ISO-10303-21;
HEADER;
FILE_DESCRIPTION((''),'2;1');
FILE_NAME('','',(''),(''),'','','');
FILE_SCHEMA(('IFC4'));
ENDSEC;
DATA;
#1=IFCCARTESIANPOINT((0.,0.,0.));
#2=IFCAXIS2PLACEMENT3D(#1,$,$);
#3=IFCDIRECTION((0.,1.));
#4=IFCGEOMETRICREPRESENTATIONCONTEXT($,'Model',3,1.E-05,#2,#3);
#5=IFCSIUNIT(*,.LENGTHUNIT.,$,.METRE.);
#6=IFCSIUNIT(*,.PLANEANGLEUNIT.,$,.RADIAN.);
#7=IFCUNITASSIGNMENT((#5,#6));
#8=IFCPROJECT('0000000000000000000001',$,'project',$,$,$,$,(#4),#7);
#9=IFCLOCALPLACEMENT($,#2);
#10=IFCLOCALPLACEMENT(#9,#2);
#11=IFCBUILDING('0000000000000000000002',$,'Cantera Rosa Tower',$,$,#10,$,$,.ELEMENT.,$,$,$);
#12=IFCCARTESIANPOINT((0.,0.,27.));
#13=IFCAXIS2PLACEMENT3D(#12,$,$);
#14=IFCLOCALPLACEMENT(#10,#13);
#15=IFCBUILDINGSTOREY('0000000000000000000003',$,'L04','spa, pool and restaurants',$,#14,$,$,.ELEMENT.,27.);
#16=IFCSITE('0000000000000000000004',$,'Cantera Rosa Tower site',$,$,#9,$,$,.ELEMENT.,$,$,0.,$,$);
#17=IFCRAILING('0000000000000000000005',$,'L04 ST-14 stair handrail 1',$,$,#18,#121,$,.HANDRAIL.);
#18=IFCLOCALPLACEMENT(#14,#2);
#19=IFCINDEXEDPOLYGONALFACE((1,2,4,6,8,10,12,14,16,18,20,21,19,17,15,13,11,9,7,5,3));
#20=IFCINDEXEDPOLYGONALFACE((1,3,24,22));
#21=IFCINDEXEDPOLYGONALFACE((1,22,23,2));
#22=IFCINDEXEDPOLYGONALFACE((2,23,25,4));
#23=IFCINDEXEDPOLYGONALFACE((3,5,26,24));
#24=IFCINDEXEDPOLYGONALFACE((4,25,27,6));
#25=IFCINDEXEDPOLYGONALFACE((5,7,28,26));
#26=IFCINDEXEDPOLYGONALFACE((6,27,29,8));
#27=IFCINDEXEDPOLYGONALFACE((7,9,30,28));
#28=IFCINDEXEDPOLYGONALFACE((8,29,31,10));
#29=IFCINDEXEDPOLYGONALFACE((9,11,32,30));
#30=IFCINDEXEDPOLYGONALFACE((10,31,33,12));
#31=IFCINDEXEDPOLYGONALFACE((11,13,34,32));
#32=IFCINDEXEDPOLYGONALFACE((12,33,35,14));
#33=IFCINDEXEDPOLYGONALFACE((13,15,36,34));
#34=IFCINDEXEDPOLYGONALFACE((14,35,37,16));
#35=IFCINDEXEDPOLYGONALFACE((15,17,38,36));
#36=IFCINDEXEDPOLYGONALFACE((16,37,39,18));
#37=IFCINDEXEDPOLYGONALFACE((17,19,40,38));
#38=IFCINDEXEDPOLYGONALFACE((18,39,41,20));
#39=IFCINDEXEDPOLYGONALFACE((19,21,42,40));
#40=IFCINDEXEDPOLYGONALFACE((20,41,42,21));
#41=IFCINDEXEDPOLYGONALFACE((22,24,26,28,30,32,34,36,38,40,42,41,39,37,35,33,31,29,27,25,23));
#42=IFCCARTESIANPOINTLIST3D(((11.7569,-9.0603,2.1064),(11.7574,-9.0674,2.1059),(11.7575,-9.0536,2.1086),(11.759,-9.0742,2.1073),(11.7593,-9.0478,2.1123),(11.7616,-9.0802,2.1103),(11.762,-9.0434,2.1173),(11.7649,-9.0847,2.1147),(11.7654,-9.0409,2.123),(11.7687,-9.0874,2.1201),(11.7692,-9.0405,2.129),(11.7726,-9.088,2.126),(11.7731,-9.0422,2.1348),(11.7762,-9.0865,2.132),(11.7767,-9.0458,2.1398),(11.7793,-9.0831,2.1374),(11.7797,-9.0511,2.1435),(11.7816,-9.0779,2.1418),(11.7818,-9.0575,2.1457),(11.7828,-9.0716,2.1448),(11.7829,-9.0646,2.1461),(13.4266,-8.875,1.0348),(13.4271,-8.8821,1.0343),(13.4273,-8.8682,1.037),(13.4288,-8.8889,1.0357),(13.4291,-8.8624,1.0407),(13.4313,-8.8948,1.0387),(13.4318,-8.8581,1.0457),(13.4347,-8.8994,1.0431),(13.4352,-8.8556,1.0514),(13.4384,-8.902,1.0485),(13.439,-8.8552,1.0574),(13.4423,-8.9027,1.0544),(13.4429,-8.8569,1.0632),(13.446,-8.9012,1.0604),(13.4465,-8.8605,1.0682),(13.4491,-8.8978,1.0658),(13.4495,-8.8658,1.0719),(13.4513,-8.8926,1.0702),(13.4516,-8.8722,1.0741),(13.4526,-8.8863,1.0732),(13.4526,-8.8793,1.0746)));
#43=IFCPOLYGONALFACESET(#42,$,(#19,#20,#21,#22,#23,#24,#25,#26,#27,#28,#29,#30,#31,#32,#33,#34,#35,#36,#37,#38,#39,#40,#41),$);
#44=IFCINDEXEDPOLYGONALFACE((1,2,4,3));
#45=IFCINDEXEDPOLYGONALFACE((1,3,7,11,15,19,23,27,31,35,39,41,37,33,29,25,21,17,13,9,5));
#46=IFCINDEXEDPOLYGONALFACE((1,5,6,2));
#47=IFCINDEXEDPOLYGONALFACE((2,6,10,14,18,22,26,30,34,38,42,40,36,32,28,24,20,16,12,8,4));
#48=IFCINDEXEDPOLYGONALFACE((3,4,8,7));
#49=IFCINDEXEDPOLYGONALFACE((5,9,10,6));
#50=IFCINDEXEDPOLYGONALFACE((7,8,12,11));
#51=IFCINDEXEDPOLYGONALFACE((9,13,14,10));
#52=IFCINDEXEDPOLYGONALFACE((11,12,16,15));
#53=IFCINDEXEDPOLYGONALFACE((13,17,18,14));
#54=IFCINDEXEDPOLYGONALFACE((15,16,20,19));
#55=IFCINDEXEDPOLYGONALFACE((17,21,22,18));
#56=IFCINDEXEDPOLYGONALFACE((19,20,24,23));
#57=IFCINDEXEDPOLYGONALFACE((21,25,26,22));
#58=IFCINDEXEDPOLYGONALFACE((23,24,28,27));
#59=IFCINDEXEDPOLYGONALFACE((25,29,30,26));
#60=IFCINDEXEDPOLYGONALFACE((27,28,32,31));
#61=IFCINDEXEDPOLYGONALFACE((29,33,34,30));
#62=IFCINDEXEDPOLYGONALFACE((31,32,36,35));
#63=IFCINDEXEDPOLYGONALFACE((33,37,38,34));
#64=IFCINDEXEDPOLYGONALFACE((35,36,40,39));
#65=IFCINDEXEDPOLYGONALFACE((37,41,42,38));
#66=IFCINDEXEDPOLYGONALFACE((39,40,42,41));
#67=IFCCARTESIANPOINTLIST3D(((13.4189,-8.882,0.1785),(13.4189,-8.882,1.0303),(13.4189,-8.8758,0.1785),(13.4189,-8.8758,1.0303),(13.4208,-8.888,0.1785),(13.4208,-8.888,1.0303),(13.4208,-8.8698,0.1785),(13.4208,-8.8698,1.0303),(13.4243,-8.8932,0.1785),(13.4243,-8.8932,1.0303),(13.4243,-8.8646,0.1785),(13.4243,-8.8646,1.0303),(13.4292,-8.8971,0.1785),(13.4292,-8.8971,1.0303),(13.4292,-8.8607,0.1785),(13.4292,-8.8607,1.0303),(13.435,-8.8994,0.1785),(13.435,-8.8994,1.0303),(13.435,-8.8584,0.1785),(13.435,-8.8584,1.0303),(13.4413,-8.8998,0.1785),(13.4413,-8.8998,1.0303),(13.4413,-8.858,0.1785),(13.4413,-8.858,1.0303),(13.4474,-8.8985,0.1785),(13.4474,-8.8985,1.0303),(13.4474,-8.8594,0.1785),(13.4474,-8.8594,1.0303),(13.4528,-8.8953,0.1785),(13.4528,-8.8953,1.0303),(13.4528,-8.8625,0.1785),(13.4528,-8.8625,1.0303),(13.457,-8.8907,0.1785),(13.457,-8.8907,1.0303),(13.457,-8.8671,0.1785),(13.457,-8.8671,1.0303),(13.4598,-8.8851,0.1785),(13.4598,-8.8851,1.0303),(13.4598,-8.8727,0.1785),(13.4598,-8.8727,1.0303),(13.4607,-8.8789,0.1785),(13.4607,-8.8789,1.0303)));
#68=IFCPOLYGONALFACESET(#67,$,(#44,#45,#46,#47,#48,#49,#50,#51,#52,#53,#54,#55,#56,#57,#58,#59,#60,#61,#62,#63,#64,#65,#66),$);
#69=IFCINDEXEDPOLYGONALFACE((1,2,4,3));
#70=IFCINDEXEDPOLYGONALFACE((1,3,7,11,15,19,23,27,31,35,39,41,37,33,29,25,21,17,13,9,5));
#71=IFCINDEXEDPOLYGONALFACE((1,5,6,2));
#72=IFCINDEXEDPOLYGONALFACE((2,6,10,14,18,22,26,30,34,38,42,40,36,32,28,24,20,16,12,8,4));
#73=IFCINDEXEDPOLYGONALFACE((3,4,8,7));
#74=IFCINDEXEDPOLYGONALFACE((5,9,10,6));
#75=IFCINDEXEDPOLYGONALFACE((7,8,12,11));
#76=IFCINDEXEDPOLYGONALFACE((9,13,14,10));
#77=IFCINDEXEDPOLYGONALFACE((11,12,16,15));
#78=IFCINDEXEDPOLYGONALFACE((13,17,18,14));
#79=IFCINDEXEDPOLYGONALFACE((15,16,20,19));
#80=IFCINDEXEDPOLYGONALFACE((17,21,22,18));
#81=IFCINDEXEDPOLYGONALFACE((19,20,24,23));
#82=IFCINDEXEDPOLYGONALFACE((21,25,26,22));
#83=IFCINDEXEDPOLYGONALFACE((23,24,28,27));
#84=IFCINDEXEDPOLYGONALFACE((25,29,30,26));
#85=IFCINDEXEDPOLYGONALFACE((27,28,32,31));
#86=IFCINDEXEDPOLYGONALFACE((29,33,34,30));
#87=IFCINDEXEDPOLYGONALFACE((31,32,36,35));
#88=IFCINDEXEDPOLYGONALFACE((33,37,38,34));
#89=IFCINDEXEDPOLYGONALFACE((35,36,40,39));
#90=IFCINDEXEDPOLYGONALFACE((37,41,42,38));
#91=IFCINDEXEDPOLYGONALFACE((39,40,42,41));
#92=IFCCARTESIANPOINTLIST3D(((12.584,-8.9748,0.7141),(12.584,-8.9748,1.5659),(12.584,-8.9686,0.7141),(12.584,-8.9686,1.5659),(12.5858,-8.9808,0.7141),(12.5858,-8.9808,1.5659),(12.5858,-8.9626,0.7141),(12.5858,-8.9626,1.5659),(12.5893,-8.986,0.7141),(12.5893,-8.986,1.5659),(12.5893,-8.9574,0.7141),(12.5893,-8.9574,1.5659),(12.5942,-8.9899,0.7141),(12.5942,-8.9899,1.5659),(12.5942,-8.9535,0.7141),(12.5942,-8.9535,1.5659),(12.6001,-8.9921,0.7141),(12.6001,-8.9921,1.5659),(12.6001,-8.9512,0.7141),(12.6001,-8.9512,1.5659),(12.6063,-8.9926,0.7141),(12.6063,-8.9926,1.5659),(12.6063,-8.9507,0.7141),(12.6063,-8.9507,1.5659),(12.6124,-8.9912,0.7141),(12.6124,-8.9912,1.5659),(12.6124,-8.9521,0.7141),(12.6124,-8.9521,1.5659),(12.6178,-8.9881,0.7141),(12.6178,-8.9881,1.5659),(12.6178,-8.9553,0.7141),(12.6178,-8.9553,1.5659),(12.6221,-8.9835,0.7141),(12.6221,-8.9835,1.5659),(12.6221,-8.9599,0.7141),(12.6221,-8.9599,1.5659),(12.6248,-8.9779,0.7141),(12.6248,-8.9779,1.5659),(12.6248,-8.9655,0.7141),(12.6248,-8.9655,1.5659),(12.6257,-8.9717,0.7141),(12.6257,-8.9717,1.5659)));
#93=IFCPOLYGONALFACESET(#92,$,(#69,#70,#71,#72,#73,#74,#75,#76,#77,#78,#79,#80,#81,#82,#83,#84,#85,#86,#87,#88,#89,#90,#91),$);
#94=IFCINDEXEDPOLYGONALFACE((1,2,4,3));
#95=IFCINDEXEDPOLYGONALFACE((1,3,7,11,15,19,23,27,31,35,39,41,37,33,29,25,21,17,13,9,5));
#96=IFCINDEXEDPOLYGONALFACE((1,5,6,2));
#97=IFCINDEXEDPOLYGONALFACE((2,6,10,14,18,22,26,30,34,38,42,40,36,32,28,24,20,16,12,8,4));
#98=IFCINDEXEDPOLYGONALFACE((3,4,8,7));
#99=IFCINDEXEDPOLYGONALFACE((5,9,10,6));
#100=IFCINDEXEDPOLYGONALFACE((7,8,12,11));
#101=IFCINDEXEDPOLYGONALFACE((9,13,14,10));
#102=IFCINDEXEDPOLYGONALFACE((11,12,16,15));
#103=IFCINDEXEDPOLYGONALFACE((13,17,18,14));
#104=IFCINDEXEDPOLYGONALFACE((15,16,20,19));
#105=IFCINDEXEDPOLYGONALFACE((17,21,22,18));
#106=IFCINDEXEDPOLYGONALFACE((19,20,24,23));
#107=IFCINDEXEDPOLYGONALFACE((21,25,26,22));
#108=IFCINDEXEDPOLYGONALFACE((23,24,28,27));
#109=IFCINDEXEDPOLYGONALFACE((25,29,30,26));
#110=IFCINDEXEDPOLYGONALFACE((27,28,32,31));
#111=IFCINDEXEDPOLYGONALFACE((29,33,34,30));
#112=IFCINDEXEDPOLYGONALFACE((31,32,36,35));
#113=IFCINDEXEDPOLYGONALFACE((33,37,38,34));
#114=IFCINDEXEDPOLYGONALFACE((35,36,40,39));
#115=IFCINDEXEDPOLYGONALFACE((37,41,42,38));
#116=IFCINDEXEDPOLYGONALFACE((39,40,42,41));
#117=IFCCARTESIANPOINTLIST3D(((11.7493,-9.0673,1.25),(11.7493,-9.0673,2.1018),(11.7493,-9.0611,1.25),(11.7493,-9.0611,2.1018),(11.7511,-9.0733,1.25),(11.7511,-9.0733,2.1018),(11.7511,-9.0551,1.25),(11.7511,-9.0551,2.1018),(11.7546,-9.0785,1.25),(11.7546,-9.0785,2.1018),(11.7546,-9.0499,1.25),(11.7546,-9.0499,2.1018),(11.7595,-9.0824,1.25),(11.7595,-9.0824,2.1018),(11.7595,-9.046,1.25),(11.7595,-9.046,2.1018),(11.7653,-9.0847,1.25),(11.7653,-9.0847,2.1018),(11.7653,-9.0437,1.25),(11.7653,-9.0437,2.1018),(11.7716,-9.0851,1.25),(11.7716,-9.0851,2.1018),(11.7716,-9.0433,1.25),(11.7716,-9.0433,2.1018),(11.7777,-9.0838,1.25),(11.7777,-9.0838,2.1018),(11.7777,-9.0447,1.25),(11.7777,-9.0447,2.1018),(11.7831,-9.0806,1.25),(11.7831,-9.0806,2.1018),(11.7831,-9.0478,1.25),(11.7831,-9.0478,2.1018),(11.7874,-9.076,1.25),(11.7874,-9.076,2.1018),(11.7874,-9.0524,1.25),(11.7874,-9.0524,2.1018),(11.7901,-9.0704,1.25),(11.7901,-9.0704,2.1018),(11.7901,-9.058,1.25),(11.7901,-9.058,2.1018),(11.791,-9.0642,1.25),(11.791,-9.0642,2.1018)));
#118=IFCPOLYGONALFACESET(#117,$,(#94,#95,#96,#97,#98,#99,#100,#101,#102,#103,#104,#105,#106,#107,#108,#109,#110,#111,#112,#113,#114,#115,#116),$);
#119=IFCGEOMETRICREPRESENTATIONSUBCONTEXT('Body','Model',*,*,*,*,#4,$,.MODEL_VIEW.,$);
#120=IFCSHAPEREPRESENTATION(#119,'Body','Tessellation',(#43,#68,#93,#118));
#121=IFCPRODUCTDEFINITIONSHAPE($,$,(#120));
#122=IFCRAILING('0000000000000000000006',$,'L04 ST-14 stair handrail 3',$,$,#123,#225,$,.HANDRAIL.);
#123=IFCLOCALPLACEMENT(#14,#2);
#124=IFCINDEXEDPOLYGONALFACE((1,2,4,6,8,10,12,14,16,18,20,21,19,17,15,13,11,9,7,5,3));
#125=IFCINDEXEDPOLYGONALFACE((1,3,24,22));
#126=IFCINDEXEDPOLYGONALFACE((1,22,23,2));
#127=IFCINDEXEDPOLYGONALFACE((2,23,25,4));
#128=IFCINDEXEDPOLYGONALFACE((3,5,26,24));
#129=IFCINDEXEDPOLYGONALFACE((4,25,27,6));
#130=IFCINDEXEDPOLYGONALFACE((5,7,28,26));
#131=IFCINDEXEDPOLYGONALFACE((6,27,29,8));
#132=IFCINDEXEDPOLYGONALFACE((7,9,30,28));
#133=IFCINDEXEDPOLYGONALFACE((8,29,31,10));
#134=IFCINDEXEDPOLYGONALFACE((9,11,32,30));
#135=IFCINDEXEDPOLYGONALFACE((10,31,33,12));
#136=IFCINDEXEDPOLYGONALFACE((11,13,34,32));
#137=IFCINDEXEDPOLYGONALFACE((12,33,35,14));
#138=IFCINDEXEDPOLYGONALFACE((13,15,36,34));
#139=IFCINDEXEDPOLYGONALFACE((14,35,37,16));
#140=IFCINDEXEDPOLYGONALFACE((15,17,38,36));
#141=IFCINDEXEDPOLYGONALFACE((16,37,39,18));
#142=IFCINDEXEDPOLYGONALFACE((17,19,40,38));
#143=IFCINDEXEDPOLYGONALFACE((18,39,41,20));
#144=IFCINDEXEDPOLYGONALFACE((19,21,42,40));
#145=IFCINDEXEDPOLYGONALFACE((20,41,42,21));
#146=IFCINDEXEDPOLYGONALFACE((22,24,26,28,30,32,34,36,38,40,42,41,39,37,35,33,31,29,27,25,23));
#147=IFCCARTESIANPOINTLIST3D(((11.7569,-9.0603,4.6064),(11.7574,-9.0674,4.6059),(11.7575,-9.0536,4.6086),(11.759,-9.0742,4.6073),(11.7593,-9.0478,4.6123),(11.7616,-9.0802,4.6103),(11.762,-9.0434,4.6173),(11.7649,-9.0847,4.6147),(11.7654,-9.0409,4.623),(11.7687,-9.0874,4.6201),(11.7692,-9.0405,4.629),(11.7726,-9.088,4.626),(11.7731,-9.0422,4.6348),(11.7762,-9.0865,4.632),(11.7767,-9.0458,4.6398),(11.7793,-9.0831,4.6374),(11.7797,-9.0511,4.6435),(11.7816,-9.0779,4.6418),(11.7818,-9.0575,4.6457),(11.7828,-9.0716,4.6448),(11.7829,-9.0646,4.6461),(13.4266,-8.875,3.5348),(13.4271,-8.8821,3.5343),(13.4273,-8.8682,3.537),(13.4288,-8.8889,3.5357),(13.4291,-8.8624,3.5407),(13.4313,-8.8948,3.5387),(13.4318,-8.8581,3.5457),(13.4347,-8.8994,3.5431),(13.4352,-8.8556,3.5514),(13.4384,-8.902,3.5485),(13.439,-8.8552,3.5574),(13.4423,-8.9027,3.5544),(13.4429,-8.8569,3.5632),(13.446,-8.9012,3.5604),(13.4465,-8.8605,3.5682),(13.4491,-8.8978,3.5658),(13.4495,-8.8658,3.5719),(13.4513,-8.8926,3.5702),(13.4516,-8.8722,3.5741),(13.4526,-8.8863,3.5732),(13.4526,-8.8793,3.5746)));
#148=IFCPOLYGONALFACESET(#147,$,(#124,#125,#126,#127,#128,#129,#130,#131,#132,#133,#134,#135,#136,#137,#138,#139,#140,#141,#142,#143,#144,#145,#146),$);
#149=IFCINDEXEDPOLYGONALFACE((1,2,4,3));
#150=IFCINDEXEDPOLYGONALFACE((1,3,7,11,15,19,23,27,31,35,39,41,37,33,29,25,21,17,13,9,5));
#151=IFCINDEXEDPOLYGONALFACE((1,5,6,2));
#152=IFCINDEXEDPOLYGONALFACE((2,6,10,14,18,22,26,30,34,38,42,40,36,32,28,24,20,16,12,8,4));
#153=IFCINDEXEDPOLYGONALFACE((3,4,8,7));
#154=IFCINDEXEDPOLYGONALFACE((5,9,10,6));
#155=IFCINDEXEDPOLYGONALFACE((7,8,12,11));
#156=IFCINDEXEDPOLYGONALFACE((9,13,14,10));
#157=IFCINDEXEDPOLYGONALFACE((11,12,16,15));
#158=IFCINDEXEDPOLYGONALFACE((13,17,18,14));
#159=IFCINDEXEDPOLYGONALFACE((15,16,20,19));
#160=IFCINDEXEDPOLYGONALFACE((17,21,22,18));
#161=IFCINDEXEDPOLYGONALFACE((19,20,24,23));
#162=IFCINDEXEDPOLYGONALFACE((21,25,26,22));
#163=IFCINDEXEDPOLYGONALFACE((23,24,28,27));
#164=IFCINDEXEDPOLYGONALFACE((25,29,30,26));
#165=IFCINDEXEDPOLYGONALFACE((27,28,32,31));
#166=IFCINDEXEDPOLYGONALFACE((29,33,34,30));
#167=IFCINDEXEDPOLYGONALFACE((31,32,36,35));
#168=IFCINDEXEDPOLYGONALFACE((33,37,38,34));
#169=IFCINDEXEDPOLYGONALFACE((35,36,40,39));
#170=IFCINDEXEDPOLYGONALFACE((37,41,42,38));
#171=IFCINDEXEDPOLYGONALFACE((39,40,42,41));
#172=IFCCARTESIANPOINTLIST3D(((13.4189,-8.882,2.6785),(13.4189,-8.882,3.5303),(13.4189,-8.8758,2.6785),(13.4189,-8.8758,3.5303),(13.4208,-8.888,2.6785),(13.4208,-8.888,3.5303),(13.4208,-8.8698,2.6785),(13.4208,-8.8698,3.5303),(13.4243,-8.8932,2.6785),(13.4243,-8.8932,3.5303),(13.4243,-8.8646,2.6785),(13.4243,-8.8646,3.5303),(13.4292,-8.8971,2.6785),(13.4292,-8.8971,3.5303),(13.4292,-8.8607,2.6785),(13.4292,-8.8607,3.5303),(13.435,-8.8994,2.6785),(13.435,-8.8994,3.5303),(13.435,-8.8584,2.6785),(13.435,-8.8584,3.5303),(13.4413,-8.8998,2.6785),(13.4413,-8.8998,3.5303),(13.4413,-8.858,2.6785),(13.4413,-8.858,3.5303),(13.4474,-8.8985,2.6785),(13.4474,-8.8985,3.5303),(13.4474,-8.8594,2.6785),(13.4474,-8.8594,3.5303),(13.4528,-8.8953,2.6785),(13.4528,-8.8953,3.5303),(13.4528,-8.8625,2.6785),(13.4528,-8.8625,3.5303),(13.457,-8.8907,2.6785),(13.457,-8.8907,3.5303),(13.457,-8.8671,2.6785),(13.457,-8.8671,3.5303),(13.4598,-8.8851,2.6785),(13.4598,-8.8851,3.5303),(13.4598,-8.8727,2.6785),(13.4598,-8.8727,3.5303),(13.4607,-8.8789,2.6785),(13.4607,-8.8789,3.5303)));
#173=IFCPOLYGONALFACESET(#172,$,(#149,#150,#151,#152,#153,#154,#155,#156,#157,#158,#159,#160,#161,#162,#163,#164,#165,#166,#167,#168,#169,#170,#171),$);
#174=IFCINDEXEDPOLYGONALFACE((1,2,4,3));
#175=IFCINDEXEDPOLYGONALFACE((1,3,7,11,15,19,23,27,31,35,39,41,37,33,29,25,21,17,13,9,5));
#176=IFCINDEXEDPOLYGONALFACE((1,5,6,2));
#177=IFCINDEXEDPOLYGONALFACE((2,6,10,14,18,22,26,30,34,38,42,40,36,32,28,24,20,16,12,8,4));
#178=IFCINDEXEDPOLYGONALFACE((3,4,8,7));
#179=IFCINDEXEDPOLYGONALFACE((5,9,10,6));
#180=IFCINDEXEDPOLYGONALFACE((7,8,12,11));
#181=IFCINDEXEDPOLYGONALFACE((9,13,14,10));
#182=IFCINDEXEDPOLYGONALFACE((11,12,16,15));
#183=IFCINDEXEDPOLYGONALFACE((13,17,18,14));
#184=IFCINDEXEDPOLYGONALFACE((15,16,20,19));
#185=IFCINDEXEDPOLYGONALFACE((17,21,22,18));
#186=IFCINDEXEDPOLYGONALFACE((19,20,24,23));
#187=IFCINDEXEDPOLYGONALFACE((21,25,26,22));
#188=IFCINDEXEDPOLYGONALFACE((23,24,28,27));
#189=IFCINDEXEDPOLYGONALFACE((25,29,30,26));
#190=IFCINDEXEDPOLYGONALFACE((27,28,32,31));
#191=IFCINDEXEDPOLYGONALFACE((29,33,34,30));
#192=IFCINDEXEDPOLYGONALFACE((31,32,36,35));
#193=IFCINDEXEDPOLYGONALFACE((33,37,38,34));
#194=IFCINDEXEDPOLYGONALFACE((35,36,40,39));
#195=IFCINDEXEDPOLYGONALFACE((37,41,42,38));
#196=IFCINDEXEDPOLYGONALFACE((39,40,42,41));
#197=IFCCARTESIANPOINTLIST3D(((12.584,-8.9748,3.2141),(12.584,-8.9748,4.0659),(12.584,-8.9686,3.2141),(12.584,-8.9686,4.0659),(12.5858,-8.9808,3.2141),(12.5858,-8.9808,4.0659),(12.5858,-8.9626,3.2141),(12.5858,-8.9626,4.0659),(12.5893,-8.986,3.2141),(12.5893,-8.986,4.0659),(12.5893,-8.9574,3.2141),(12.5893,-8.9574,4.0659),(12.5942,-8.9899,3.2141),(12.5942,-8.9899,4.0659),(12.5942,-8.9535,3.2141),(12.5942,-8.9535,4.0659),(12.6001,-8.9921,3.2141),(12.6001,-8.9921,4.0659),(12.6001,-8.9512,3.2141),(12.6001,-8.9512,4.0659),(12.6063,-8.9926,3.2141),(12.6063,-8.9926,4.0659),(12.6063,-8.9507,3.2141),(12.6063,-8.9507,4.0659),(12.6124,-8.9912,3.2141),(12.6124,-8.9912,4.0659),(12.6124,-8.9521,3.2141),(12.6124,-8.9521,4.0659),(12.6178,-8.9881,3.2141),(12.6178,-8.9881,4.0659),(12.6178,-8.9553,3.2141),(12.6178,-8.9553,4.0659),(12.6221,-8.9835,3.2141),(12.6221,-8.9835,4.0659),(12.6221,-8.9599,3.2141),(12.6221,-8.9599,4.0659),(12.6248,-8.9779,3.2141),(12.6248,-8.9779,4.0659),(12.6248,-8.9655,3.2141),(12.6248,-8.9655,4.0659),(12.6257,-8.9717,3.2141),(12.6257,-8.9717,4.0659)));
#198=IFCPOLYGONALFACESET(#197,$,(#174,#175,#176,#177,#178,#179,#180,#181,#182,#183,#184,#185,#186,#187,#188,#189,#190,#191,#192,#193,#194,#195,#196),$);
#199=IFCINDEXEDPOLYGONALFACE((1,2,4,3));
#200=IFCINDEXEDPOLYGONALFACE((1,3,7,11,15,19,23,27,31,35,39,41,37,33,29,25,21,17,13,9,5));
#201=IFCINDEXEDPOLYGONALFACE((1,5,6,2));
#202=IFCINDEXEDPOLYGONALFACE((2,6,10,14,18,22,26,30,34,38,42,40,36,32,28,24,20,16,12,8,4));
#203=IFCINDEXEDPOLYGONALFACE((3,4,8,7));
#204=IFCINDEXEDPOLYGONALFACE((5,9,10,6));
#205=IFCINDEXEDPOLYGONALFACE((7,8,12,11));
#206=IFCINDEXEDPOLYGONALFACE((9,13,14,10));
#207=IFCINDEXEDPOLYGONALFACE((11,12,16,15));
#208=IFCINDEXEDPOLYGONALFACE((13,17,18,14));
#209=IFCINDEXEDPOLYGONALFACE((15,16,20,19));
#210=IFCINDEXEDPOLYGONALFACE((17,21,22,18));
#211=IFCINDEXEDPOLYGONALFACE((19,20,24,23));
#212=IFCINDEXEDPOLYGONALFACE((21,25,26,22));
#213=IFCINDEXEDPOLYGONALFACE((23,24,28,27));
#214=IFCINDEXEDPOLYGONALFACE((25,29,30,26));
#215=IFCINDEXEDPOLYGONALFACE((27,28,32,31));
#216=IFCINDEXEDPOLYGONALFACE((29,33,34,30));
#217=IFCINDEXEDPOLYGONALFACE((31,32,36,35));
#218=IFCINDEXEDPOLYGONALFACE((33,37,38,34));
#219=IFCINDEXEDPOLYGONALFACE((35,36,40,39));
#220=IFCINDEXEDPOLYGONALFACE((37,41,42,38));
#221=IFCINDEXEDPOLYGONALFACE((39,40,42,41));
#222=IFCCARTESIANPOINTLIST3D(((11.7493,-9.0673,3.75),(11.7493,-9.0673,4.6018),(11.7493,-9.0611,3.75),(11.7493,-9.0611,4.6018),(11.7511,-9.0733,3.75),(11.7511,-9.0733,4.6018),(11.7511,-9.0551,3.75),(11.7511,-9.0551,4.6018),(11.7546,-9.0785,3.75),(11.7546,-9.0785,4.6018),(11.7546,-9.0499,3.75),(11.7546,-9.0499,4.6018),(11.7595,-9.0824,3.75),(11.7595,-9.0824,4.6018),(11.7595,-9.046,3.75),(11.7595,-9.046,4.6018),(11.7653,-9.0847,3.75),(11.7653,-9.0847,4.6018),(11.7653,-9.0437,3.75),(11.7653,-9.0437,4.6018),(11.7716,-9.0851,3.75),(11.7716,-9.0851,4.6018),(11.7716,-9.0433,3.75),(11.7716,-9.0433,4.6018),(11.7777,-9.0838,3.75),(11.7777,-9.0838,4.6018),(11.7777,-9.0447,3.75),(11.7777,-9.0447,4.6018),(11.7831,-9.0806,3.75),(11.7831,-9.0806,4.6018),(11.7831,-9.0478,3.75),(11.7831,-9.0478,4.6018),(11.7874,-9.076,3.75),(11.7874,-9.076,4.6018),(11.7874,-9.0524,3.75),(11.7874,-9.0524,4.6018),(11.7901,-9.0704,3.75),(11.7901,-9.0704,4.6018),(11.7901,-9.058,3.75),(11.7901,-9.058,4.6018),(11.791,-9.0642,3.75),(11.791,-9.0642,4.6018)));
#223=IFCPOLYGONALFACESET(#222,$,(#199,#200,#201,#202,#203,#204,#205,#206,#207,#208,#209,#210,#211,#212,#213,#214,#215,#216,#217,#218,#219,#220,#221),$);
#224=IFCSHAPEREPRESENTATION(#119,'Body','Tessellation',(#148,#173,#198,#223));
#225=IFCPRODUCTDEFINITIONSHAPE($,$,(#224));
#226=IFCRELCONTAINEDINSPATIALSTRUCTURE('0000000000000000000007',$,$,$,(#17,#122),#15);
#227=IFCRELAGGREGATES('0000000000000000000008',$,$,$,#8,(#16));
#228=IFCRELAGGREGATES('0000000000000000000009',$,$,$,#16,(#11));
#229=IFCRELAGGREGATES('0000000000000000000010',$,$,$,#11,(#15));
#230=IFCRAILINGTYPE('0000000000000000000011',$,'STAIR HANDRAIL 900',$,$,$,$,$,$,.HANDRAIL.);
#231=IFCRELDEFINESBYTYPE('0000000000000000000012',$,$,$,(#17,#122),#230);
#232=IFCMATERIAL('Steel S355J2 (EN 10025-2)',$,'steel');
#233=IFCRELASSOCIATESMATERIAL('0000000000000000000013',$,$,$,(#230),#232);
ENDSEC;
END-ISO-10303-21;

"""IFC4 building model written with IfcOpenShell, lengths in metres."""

from ifc_helpers import new_model, si_unit, direction, frame, origin, origin_2d, place, context, subcontext, project, spatial, circle, extrude, material, type_object, element, save


model = new_model("IFC4")

# Units and contexts
model_context = context("Model", 3, precision=1e-05, world=origin(), true_north=direction((0.0, 1.0)))
body_context = subcontext(model_context, "Body", "Model", "MODEL_VIEW")
ifc_project = project(units=[si_unit("LENGTHUNIT", "METRE"), si_unit("PLANEANGLEUNIT", "RADIAN")], contexts=[model_context])

# Site, building, storey
site_placement = place(None, origin())
site = spatial("IfcSite", under=ifc_project, at=site_placement, Name="Cantera Rosa Tower site", CompositionType="ELEMENT", RefElevation=0.0)
building_placement = place(site_placement, origin())
building = spatial("IfcBuilding", under=site, at=building_placement, Name="Cantera Rosa Tower", CompositionType="ELEMENT")
storey_placement = place(building_placement, frame((0.0, 0.0, 27.0)))
storey = spatial("IfcBuildingStorey", under=building, at=storey_placement, Name="L04", Description="spa, pool and restaurants", CompositionType="ELEMENT", Elevation=27.0)

# Railings
ifc_material_1 = material(Name="Steel S355J2 (EN 10025-2)", Category="steel")
railing_type_1 = type_object("IfcRailingType", Name="STAIR HANDRAIL 900", PredefinedType="HANDRAIL", material=ifc_material_1)
for number, where, name in (
    (1, (13.4397, -8.8789, 0.1785), "L04 ST-14 stair handrail 1"),
    (2, (13.4397, -8.8789, 2.6785), "L04 ST-14 stair handrail 3"),
):
    element("IfcRailing", number, at=place(storey_placement, frame(where)), inside=storey, type_object=railing_type_1, Name=name, PredefinedType="HANDRAIL", context=body_context, shape_type="SweptSolid", body=[
        extrude(circle(Radius=0.0239, at=origin_2d()), frame((0.0, 0.0, 0.876), z_axis=(-0.837951, -0.092997, 0.537764), x_axis=(0.110304, -0.993898, 0.0)), (0.0, 0.0, 1.0), 1.9927),
        extrude(circle(Radius=0.021, at=origin_2d()), origin(), (0.0, 0.0, 1.0), 0.8518),
        extrude(circle(Radius=0.021, at=origin_2d()), frame((-0.835, -0.0928, 0.5356)), (0.0, 0.0, 1.0), 0.8518),
        extrude(circle(Radius=0.021, at=origin_2d()), frame((-1.6697, -0.1853, 1.0715)), (0.0, 0.0, 1.0), 0.8518),
    ])

save(model, "model.ifc")
